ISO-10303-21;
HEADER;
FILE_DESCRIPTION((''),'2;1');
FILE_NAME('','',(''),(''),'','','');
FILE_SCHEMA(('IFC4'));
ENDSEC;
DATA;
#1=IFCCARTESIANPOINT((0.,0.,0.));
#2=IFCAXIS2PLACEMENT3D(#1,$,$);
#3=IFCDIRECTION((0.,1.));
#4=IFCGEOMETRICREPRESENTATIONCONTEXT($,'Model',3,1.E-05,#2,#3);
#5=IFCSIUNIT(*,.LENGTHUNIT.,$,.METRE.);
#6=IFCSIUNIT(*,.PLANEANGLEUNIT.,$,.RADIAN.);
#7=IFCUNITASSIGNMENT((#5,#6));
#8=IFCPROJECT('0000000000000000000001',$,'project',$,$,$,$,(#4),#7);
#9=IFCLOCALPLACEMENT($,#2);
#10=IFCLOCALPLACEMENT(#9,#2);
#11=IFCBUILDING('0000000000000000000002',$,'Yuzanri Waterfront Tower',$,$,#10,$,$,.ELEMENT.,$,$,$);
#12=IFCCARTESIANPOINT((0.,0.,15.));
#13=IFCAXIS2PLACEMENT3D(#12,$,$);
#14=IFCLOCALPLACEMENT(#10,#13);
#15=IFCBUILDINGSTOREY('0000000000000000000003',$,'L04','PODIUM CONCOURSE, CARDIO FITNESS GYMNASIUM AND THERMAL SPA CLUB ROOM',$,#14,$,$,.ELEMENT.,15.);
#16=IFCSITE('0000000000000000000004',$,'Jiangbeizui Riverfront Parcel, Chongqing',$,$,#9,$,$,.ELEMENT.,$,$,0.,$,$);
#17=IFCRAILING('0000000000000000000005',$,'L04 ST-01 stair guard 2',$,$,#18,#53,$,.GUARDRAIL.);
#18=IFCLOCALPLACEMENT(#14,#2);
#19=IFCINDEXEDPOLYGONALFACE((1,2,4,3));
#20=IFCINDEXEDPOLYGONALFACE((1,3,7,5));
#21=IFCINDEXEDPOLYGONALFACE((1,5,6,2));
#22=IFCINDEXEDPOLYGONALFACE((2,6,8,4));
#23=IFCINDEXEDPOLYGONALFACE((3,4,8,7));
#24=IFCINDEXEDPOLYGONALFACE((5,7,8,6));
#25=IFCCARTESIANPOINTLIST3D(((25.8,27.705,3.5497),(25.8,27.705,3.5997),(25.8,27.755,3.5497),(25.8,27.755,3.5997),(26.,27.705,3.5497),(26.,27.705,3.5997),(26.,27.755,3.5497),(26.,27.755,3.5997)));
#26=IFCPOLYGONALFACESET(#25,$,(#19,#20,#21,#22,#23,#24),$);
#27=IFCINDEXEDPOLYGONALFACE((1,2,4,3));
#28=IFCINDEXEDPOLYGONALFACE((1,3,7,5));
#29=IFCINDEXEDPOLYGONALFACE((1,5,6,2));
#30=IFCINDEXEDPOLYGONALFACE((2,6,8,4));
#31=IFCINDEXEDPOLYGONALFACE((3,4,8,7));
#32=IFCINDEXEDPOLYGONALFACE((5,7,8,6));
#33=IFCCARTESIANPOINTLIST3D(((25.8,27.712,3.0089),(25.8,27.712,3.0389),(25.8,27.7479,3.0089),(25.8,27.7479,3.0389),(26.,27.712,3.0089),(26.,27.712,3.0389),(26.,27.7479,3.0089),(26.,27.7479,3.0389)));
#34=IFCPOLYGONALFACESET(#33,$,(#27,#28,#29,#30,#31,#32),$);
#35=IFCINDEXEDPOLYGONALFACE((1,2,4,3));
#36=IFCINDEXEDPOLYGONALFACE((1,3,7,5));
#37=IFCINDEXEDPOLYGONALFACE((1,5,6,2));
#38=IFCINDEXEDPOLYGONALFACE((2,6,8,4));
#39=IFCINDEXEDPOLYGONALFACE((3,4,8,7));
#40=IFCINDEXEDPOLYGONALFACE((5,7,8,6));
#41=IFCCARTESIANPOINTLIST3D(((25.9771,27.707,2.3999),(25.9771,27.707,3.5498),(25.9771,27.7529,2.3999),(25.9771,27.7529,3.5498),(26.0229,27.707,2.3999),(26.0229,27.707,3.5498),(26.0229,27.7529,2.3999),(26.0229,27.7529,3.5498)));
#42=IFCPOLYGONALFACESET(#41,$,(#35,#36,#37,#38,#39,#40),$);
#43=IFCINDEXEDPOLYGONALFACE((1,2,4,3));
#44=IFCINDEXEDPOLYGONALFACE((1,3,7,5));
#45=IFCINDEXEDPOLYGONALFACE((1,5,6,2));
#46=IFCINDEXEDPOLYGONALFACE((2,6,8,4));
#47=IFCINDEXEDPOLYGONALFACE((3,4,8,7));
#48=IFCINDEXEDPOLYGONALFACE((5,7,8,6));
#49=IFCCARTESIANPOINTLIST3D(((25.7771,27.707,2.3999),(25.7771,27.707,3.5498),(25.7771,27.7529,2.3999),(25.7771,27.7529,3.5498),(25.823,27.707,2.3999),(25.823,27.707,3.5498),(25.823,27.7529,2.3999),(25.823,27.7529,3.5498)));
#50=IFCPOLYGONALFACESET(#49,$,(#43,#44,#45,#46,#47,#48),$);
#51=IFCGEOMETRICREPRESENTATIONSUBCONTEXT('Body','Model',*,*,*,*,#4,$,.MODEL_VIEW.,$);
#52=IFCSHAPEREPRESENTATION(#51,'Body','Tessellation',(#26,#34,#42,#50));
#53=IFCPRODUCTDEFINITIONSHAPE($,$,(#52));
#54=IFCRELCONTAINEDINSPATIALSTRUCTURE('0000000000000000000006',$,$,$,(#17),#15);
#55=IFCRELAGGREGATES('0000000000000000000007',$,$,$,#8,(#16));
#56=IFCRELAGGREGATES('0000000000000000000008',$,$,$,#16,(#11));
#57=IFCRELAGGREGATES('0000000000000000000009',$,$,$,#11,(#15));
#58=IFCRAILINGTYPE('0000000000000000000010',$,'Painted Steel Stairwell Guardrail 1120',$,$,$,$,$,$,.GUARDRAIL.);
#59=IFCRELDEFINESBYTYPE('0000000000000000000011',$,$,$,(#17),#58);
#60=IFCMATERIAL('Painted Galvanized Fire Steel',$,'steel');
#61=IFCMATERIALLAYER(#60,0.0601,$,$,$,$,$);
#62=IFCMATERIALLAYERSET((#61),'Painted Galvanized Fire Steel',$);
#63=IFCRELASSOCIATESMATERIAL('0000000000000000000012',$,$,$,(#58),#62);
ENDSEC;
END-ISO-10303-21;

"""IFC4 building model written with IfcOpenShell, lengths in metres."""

from ifc_helpers import new_model, si_unit, direction, frame, origin, origin_2d, place, context, subcontext, project, spatial, rectangle, extrude, source, transform, mapped, material, layer, layer_set, type_object, element, save


model = new_model("IFC4")

# Units and contexts
model_context = context("Model", 3, precision=1e-05, world=origin(), true_north=direction((0.0, 1.0)))
body_context = subcontext(model_context, "Body", "Model", "MODEL_VIEW")
ifc_project = project(units=[si_unit("LENGTHUNIT", "METRE"), si_unit("PLANEANGLEUNIT", "RADIAN")], contexts=[model_context])

# Site, building, storey
site_placement = place(None, origin())
site = spatial("IfcSite", under=ifc_project, at=site_placement, Name="Jiangbeizui Riverfront Parcel, Chongqing", CompositionType="ELEMENT", RefElevation=0.0)
building_placement = place(site_placement, origin())
building = spatial("IfcBuilding", under=site, at=building_placement, Name="Yuzanri Waterfront Tower", CompositionType="ELEMENT")
storey_placement = place(building_placement, frame((0.0, 0.0, 15.0)))
storey = spatial("IfcBuildingStorey", under=building, at=storey_placement, Name="L04", Description="PODIUM CONCOURSE, CARDIO FITNESS GYMNASIUM AND THERMAL SPA CLUB ROOM", CompositionType="ELEMENT", Elevation=15.0)

# Railing
ifc_material_1 = material(Name="Painted Galvanized Fire Steel", Category="steel")
ifc_layer_1 = layer(ifc_material_1, 0.0601)
ifc_layer_set_1 = layer_set([ifc_layer_1], Name="Painted Galvanized Fire Steel")
railing_type = type_object("IfcRailingType", Name="Painted Steel Stairwell Guardrail 1120", PredefinedType="GUARDRAIL", material=ifc_layer_set_1)
shared_shape_1 = source(origin(), body_context, "Body", "SweptSolid", [
    extrude(rectangle(XDim=0.05, YDim=0.05, at=origin_2d()), frame((0.0, 0.0, 1.1748), z_axis=(-1.0, 0.0, 0.0), x_axis=(0.0, -1.0, 0.0)), (0.0, 0.0, 1.0), 0.2),
    extrude(rectangle(XDim=0.0359, YDim=0.03, at=origin_2d()), frame((0.0, 0.0, 0.624), z_axis=(-1.0, 0.0, 0.0), x_axis=(0.0, -1.0, 0.0)), (0.0, 0.0, 1.0), 0.2),
    extrude(rectangle(XDim=0.0459, YDim=0.0459, at=origin_2d()), origin(), (0.0, 0.0, 1.0), 1.1499),
    extrude(rectangle(XDim=0.0459, YDim=0.0459, at=origin_2d()), frame((-0.2, 0.0, 0.0)), (0.0, 0.0, 1.0), 1.1499),
])
railing_placement = place(storey_placement, frame((26.0, 27.73, 2.3999)))
element("IfcRailing", 1, at=railing_placement, inside=storey, type_object=railing_type, Name="L04 ST-01 stair guard 2", PredefinedType="GUARDRAIL", context=body_context, shape_type="MappedRepresentation", body=[
    mapped(shared_shape_1, transform((0.0, 0.0, 0.0), scale=1.0)),
])

save(model, "model.ifc")
